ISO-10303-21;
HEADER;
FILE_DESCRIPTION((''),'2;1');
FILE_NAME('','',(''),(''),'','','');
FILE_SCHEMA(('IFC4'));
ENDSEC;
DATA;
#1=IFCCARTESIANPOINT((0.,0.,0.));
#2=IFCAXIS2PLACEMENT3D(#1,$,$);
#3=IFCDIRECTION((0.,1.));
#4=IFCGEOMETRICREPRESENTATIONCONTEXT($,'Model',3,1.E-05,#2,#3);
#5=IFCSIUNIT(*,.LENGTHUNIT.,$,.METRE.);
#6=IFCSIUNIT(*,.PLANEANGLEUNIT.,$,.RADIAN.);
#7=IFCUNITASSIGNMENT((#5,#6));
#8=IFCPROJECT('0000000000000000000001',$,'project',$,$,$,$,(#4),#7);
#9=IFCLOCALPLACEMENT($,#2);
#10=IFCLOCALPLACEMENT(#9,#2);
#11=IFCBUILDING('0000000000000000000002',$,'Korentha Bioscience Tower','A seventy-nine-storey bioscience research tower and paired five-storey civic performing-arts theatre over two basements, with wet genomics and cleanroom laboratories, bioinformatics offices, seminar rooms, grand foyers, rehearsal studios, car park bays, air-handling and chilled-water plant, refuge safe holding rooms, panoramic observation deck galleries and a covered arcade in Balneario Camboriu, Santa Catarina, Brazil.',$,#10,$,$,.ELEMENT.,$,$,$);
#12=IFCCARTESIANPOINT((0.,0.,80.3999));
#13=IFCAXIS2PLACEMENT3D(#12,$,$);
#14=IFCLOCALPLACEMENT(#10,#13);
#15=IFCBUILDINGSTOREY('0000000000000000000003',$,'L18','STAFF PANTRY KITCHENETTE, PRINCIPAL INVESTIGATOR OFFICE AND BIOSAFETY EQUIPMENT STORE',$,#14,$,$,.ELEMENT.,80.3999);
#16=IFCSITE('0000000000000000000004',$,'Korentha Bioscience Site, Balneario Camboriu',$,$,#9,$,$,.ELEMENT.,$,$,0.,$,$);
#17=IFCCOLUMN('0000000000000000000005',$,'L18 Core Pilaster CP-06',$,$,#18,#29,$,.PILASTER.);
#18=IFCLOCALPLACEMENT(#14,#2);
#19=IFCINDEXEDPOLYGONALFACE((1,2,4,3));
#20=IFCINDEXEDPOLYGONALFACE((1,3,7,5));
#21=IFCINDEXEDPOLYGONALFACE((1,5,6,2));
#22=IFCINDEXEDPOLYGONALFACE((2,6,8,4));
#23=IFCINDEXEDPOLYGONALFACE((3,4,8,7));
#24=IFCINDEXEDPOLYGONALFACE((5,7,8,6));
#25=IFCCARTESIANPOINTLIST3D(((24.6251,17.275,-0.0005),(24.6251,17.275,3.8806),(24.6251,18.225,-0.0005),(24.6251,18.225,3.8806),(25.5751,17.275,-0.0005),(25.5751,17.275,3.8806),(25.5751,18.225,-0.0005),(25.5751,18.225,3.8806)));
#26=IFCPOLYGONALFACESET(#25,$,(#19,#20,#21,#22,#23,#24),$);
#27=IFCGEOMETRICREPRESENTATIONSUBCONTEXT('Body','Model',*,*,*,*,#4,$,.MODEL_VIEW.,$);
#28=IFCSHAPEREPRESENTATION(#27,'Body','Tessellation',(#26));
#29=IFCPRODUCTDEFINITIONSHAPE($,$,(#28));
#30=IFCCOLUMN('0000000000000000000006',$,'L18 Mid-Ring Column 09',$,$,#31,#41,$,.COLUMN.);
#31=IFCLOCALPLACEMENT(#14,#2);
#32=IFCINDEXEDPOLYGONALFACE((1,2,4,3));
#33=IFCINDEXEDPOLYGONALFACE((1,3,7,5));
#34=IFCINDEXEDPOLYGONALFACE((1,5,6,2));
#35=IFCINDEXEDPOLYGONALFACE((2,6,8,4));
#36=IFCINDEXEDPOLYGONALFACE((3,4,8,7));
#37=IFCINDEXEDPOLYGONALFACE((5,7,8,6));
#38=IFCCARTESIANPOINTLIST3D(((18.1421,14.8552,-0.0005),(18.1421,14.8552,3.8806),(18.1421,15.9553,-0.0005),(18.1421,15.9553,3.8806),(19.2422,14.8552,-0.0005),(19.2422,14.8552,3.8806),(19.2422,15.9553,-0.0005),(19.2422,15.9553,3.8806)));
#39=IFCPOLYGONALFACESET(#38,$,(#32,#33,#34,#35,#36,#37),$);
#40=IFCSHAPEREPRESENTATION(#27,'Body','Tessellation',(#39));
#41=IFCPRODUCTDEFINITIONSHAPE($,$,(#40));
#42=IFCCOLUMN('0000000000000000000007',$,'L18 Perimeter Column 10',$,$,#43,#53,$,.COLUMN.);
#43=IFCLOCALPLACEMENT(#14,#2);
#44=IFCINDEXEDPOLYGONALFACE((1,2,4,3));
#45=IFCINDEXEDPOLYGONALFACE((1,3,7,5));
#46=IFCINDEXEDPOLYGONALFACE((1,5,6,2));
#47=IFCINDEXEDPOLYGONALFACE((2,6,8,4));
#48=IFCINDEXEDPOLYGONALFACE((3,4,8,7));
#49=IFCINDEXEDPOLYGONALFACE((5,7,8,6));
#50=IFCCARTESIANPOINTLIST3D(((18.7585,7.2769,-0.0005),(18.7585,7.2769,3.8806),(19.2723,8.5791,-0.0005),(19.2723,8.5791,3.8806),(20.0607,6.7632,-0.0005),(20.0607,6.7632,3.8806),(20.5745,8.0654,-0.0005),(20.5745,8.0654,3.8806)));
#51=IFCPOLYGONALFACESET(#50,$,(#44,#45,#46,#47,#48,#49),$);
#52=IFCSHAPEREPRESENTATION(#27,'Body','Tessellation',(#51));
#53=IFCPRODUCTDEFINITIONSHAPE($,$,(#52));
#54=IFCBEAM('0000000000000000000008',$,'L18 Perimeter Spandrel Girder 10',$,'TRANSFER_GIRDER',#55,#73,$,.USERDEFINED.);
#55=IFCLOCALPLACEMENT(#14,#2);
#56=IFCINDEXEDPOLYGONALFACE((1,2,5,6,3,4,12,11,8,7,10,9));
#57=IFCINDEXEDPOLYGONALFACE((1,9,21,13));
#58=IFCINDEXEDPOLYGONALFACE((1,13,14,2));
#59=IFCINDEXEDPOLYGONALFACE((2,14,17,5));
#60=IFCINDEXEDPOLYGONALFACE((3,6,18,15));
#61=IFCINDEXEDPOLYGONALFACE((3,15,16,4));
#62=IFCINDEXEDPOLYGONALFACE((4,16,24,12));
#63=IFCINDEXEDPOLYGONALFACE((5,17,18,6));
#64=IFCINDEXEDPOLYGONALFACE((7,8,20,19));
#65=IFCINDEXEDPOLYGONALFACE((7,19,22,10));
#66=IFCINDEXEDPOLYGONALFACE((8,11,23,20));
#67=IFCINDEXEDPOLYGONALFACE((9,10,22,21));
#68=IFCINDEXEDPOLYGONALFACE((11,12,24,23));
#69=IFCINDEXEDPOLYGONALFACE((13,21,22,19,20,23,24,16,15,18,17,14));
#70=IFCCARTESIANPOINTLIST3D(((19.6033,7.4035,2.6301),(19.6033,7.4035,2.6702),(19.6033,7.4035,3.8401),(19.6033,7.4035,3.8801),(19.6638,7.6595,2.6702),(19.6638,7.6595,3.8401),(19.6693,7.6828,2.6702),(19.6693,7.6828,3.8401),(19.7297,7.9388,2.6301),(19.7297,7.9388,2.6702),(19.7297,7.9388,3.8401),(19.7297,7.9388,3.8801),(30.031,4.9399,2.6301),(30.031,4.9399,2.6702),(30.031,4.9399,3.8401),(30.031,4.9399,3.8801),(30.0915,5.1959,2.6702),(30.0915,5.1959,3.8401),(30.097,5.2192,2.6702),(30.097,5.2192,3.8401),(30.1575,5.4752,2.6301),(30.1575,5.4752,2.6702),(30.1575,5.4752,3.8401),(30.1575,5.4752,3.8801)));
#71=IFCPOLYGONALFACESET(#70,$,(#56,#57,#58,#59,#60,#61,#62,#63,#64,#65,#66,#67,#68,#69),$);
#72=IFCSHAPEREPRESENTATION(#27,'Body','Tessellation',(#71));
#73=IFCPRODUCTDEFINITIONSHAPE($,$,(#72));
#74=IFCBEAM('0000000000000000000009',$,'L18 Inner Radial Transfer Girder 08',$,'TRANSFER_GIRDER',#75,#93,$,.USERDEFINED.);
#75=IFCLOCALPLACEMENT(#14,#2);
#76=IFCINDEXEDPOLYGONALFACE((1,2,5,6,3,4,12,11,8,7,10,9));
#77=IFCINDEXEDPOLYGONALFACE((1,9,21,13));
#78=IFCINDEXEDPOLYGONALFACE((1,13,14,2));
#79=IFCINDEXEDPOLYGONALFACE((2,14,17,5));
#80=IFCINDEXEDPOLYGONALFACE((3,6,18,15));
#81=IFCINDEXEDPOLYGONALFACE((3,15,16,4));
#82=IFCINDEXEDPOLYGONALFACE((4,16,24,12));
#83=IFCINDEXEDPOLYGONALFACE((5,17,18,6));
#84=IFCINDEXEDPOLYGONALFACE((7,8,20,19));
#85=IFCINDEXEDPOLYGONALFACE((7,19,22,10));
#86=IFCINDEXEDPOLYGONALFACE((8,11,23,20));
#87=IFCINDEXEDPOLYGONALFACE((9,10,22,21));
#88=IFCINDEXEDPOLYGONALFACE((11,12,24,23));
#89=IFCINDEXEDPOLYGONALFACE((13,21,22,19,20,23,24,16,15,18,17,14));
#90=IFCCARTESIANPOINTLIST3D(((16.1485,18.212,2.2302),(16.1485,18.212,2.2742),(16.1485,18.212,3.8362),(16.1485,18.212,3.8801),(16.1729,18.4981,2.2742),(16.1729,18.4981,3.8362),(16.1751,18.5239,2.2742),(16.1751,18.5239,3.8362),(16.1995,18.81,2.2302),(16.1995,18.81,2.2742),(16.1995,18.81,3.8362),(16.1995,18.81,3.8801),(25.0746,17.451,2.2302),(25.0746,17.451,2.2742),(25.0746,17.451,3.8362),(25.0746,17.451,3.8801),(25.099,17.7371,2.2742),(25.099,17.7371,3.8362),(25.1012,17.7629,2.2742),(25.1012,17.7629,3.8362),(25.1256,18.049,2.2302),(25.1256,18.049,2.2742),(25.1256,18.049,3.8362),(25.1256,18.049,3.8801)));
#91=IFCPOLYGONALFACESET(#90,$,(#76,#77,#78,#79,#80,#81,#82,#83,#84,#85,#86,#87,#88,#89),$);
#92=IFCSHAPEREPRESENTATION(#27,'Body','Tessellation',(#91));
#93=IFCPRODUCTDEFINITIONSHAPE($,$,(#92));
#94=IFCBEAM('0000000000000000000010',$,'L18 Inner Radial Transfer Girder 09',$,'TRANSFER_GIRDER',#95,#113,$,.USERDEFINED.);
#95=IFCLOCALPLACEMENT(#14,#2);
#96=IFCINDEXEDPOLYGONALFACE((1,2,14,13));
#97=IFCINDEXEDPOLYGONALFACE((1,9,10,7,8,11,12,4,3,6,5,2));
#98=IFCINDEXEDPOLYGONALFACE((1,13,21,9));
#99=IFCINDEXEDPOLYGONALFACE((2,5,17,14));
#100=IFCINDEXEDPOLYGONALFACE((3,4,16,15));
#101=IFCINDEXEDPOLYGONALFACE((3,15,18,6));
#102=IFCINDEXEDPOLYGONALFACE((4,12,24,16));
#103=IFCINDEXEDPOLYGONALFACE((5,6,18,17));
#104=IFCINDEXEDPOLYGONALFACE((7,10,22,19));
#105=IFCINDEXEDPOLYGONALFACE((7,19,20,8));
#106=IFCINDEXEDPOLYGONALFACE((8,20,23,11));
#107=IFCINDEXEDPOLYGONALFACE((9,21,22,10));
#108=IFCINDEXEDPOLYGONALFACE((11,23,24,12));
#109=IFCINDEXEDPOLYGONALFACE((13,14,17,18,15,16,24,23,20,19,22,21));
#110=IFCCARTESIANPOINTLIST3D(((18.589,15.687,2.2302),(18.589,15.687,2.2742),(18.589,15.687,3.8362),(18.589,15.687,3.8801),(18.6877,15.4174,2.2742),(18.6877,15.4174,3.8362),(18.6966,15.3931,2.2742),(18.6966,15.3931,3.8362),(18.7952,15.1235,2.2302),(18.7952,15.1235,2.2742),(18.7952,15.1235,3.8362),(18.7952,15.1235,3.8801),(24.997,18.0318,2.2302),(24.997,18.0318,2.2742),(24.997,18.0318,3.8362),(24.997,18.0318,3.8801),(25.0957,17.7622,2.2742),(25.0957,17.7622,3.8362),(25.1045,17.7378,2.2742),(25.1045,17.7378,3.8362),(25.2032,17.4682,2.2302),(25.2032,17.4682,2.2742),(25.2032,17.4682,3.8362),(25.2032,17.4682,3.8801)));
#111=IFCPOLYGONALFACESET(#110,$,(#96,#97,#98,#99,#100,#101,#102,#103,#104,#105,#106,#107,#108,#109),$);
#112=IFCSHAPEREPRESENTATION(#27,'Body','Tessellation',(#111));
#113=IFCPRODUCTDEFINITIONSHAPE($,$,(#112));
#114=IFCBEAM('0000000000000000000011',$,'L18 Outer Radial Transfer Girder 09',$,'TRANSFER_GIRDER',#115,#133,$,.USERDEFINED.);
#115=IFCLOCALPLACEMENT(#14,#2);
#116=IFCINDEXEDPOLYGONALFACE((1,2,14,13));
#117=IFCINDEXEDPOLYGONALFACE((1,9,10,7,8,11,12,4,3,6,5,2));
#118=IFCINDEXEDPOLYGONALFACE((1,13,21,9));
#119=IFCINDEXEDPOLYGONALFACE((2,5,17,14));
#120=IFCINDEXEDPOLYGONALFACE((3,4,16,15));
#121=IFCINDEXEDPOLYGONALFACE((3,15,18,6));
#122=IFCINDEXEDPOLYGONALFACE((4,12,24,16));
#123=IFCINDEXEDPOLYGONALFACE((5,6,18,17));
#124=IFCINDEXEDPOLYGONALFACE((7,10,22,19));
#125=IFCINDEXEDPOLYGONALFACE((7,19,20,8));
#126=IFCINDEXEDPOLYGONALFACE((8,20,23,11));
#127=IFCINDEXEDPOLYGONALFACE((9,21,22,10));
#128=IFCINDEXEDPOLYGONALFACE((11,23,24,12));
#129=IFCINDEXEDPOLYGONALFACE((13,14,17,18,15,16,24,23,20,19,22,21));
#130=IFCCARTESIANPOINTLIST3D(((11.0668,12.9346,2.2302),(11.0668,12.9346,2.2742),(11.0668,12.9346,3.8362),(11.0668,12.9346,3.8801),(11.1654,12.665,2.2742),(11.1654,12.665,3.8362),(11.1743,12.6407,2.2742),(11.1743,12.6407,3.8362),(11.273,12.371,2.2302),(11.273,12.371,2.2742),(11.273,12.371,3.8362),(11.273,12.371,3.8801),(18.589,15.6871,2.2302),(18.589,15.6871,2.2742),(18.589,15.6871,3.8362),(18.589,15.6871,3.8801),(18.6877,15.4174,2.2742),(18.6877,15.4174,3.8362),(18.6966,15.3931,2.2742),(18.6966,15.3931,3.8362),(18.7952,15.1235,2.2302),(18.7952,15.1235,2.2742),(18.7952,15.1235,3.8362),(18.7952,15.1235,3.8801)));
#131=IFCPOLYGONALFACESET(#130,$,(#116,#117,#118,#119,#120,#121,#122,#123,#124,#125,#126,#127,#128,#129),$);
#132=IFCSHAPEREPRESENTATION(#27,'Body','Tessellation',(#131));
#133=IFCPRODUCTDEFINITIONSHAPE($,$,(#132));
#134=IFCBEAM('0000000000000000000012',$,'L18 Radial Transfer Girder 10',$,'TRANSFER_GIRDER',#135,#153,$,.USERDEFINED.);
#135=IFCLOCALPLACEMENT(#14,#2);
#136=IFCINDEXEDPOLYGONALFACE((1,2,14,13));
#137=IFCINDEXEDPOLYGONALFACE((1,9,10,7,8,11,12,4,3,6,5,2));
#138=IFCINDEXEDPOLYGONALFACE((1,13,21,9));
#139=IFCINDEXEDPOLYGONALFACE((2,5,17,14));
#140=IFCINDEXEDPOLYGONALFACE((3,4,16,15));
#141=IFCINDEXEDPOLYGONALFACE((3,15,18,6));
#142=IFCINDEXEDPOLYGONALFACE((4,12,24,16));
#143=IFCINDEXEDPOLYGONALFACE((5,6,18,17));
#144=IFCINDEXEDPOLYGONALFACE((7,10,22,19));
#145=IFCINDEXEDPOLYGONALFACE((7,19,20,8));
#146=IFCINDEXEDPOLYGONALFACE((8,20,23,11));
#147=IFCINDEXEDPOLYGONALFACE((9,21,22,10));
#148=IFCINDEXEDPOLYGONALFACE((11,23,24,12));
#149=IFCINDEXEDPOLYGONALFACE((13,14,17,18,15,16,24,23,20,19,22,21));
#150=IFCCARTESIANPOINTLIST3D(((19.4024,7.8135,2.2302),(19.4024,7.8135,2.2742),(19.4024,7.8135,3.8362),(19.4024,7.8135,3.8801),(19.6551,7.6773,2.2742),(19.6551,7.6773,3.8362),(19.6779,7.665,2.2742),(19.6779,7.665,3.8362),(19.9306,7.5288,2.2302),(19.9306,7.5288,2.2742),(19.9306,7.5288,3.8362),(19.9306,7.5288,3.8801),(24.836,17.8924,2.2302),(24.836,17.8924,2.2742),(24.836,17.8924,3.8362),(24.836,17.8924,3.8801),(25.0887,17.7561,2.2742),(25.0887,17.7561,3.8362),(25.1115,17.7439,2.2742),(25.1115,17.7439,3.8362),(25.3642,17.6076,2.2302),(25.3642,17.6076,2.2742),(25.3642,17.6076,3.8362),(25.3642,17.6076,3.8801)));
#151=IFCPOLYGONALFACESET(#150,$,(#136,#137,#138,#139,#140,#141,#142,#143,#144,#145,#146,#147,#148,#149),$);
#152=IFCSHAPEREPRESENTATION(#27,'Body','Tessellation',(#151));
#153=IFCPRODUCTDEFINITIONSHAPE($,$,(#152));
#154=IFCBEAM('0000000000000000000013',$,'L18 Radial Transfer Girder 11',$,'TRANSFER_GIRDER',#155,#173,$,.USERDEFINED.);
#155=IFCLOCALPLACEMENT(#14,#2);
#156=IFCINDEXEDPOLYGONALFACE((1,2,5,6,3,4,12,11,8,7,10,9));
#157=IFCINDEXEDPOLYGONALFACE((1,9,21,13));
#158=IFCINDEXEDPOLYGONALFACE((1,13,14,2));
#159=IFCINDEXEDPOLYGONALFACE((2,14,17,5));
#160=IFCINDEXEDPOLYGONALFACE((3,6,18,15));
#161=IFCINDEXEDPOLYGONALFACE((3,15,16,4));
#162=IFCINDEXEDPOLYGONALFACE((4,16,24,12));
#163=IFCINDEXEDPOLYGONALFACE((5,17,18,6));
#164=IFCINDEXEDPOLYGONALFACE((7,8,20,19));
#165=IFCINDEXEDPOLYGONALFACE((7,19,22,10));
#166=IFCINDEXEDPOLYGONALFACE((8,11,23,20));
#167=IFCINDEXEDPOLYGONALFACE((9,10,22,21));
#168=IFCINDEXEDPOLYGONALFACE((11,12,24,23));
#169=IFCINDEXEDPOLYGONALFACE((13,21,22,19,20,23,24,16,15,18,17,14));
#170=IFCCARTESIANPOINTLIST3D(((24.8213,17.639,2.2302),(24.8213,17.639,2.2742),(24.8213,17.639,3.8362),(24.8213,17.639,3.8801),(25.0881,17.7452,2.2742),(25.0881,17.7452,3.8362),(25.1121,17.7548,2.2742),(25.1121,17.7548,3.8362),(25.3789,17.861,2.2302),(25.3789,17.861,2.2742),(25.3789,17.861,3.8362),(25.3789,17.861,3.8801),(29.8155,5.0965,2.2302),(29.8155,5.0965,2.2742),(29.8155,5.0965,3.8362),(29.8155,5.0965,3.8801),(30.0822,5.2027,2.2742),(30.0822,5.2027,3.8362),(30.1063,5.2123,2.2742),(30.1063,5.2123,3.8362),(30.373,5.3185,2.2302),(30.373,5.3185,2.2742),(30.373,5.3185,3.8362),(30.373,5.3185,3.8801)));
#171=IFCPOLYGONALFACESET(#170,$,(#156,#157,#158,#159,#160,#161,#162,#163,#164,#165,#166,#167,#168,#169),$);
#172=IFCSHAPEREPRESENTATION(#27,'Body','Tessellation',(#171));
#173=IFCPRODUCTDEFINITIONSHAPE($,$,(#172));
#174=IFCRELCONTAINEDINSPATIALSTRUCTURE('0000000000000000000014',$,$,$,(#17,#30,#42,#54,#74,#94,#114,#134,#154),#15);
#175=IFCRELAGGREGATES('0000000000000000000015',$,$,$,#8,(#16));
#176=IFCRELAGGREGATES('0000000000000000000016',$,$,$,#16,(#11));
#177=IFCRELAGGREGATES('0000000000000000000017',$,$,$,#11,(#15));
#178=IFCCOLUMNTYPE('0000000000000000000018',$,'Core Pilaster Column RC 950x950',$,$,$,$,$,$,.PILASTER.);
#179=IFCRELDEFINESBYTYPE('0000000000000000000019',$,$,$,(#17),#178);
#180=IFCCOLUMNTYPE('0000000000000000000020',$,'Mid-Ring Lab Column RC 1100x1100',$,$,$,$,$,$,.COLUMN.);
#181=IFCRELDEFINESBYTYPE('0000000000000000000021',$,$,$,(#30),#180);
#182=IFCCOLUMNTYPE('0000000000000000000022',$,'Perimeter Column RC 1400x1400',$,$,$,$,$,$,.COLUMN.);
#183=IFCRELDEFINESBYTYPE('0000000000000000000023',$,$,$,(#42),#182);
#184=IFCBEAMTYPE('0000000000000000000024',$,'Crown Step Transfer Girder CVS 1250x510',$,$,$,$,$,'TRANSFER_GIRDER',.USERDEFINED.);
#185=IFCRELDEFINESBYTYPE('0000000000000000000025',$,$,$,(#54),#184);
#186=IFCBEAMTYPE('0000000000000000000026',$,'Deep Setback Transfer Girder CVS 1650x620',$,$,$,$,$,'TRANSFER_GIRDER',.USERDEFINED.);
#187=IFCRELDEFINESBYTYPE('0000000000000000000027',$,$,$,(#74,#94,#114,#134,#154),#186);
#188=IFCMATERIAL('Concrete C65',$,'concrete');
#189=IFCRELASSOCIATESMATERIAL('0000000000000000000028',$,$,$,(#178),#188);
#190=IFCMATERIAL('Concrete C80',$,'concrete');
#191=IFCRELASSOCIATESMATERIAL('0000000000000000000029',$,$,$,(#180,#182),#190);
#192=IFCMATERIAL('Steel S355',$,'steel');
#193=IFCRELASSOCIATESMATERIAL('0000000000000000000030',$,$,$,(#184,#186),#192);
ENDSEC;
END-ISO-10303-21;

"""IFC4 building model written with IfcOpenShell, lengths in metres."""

from ifc_helpers import new_model, si_unit, direction, frame, origin, origin_2d, place, context, subcontext, project, spatial, rectangle, i_section, extrude, material, material_profile, profile_set, type_object, element, save


model = new_model("IFC4")

# Units and contexts
model_context = context("Model", 3, precision=1e-05, world=origin(), true_north=direction((0.0, 1.0)))
body_context = subcontext(model_context, "Body", "Model", "MODEL_VIEW")
ifc_project = project(units=[si_unit("LENGTHUNIT", "METRE"), si_unit("PLANEANGLEUNIT", "RADIAN")], contexts=[model_context])

# Site, building, storey
site_placement = place(None, origin())
site = spatial("IfcSite", under=ifc_project, at=site_placement, Name="Korentha Bioscience Site, Balneario Camboriu", CompositionType="ELEMENT", RefElevation=0.0)
building_placement = place(site_placement, origin())
building = spatial("IfcBuilding", under=site, at=building_placement, Name="Korentha Bioscience Tower", Description="A seventy-nine-storey bioscience research tower and paired five-storey civic performing-arts theatre over two basements, with wet genomics and cleanroom laboratories, bioinformatics offices, seminar rooms, grand foyers, rehearsal studios, car park bays, air-handling and chilled-water plant, refuge safe holding rooms, panoramic observation deck galleries and a covered arcade in Balneario Camboriu, Santa Catarina, Brazil.", CompositionType="ELEMENT")
storey_placement = place(building_placement, frame((0.0, 0.0, 80.3999)))
storey = spatial("IfcBuildingStorey", under=building, at=storey_placement, Name="L18", Description="STAFF PANTRY KITCHENETTE, PRINCIPAL INVESTIGATOR OFFICE AND BIOSAFETY EQUIPMENT STORE", CompositionType="ELEMENT", Elevation=80.3999)

# Columns
ifc_material_1 = material(Name="Concrete C65", Category="concrete")
ifc_material_profile_1 = material_profile(ifc_material_1, rectangle(XDim=0.95, YDim=0.95, at=origin_2d()), Name="Concrete C65")
ifc_profile_set_1 = profile_set([ifc_material_profile_1], Name="Concrete C65 (COL-CP09)")
column_type_1 = type_object("IfcColumnType", Name="Core Pilaster Column RC 950x950", PredefinedType="PILASTER", material=ifc_profile_set_1)
column_1_placement = place(storey_placement, frame((25.1001, 17.75, -0.0005), z_axis=(0.0, 0.0, 1.0), x_axis=(1.0, 0.0, 0.0)))
element("IfcColumn", 1, at=column_1_placement, inside=storey, type_object=column_type_1, Name="L18 Core Pilaster CP-06", PredefinedType="PILASTER", context=body_context, shape_type="SweptSolid", body=[
    extrude(rectangle(XDim=0.95, YDim=0.95, at=origin_2d()), origin(), (0.0, 0.0, 1.0), 3.8811),
])
ifc_material_2 = material(Name="Concrete C80", Category="concrete")
ifc_material_profile_2 = material_profile(ifc_material_2, rectangle(XDim=1.1001, YDim=1.1001, at=origin_2d()), Name="Concrete C80")
ifc_profile_set_2 = profile_set([ifc_material_profile_2], Name="Concrete C80 (COL-MR11)")
column_type_2 = type_object("IfcColumnType", Name="Mid-Ring Lab Column RC 1100x1100", PredefinedType="COLUMN", material=ifc_profile_set_2)
column_2_placement = place(storey_placement, frame((18.6921, 15.4053, -0.0005), z_axis=(0.0, 0.0, 1.0), x_axis=(1.0, 0.0, 0.0)))
element("IfcColumn", 2, at=column_2_placement, inside=storey, type_object=column_type_2, Name="L18 Mid-Ring Column 09", PredefinedType="COLUMN", context=body_context, shape_type="SweptSolid", body=[
    extrude(rectangle(XDim=1.1001, YDim=1.1001, at=origin_2d()), origin(), (0.0, 0.0, 1.0), 3.8811),
])
ifc_material_profile_3 = material_profile(ifc_material_2, rectangle(XDim=1.3999, YDim=1.3999, at=origin_2d()), Name="Concrete C80")
ifc_profile_set_3 = profile_set([ifc_material_profile_3], Name="Concrete C80 (COL-P14)")
column_type_3 = type_object("IfcColumnType", Name="Perimeter Column RC 1400x1400", PredefinedType="COLUMN", material=ifc_profile_set_3)
column_3_placement = place(storey_placement, frame((19.6665, 7.6711, -0.0005), z_axis=(0.0, 0.0, 1.0), x_axis=(-0.930226, 0.366988, 0.0)))
element("IfcColumn", 3, at=column_3_placement, inside=storey, type_object=column_type_3, Name="L18 Perimeter Column 10", PredefinedType="COLUMN", context=body_context, shape_type="SweptSolid", body=[
    extrude(rectangle(XDim=1.3999, YDim=1.3999, at=origin_2d()), origin(), (0.0, 0.0, 1.0), 3.8811),
])

# Beams
ifc_material_3 = material(Name="Steel S355", Category="steel")
ifc_material_profile_4 = material_profile(ifc_material_3, i_section(OverallWidth=0.55, OverallDepth=1.25, WebThickness=0.0239, FlangeThickness=0.04, at=origin_2d()), Name="Steel S355")
ifc_profile_set_4 = profile_set([ifc_material_profile_4], Name="Steel S355 (TG-03)")
beam_type_1 = type_object("IfcBeamType", Name="Crown Step Transfer Girder CVS 1250x510", ElementType="TRANSFER_GIRDER", PredefinedType="USERDEFINED", material=ifc_profile_set_4)
beam_1_placement = place(storey_placement, frame((19.6665, 7.6711, 3.2551), z_axis=(0.973208, -0.229927, 0.0), x_axis=(0.229927, 0.973208, 0.0)))
element("IfcBeam", 4, at=beam_1_placement, inside=storey, type_object=beam_type_1, Name="L18 Perimeter Spandrel Girder 10", ObjectType="TRANSFER_GIRDER", PredefinedType="USERDEFINED", context=body_context, shape_type="SweptSolid", body=[
    extrude(i_section(OverallWidth=0.55, OverallDepth=1.25, WebThickness=0.0239, FlangeThickness=0.04, at=origin_2d()), origin(), (0.0, 0.0, 1.0), 10.7148),
])
ifc_material_profile_5 = material_profile(ifc_material_3, i_section(OverallWidth=0.6001, OverallDepth=1.6499, WebThickness=0.0259, FlangeThickness=0.0439, at=origin_2d()), Name="Steel S355")
ifc_profile_set_5 = profile_set([ifc_material_profile_5], Name="Steel S355 (TG-04)")
beam_type_2 = type_object("IfcBeamType", Name="Deep Setback Transfer Girder CVS 1650x620", ElementType="TRANSFER_GIRDER", PredefinedType="USERDEFINED", material=ifc_profile_set_5)
beam_2_placement = place(storey_placement, frame((25.1001, 17.75, 3.0552), z_axis=(-0.996386, 0.084947, 0.0), x_axis=(-0.084947, -0.996386, 0.0)))
element("IfcBeam", 5, at=beam_2_placement, inside=storey, type_object=beam_type_2, Name="L18 Inner Radial Transfer Girder 08", ObjectType="TRANSFER_GIRDER", PredefinedType="USERDEFINED", context=body_context, shape_type="SweptSolid", body=[
    extrude(i_section(OverallWidth=0.6001, OverallDepth=1.6499, WebThickness=0.0259, FlangeThickness=0.0439, at=origin_2d()), origin(), (0.0, 0.0, 1.0), 8.9585),
])
beam_3_placement = place(storey_placement, frame((25.1001, 17.75, 3.0552), z_axis=(-0.939106, -0.343627, 0.0), x_axis=(0.343627, -0.939106, 0.0)))
element("IfcBeam", 6, at=beam_3_placement, inside=storey, type_object=beam_type_2, Name="L18 Inner Radial Transfer Girder 09", ObjectType="TRANSFER_GIRDER", PredefinedType="USERDEFINED", context=body_context, shape_type="SweptSolid", body=[
    extrude(i_section(OverallWidth=0.6001, OverallDepth=1.6499, WebThickness=0.0259, FlangeThickness=0.0439, at=origin_2d()), origin(), (0.0, 0.0, 1.0), 6.8235),
])
beam_4_placement = place(storey_placement, frame((18.6921, 15.4053, 3.0552), z_axis=(-0.939106, -0.343627, 0.0), x_axis=(0.343627, -0.939106, 0.0)))
element("IfcBeam", 7, at=beam_4_placement, inside=storey, type_object=beam_type_2, Name="L18 Outer Radial Transfer Girder 09", ObjectType="TRANSFER_GIRDER", PredefinedType="USERDEFINED", context=body_context, shape_type="SweptSolid", body=[
    extrude(i_section(OverallWidth=0.6001, OverallDepth=1.6499, WebThickness=0.0259, FlangeThickness=0.0439, at=origin_2d()), origin(), (0.0, 0.0, 1.0), 8.01),
])
beam_5_placement = place(storey_placement, frame((25.1001, 17.75, 3.0552), z_axis=(-0.474541, -0.880233, 0.0), x_axis=(0.880233, -0.474541, 0.0)))
element("IfcBeam", 8, at=beam_5_placement, inside=storey, type_object=beam_type_2, Name="L18 Radial Transfer Girder 10", ObjectType="TRANSFER_GIRDER", PredefinedType="USERDEFINED", context=body_context, shape_type="SweptSolid", body=[
    extrude(i_section(OverallWidth=0.6001, OverallDepth=1.6499, WebThickness=0.0259, FlangeThickness=0.0439, at=origin_2d()), origin(), (0.0, 0.0, 1.0), 11.4502),
])
beam_6_placement = place(storey_placement, frame((25.1001, 17.75, 3.0552), z_axis=(0.369931, -0.929059, 0.0), x_axis=(0.929059, 0.369931, 0.0)))
element("IfcBeam", 9, at=beam_6_placement, inside=storey, type_object=beam_type_2, Name="L18 Radial Transfer Girder 11", ObjectType="TRANSFER_GIRDER", PredefinedType="USERDEFINED", context=body_context, shape_type="SweptSolid", body=[
    extrude(i_section(OverallWidth=0.6001, OverallDepth=1.6499, WebThickness=0.0259, FlangeThickness=0.0439, at=origin_2d()), origin(), (0.0, 0.0, 1.0), 13.5002),
])

save(model, "model.ifc")
